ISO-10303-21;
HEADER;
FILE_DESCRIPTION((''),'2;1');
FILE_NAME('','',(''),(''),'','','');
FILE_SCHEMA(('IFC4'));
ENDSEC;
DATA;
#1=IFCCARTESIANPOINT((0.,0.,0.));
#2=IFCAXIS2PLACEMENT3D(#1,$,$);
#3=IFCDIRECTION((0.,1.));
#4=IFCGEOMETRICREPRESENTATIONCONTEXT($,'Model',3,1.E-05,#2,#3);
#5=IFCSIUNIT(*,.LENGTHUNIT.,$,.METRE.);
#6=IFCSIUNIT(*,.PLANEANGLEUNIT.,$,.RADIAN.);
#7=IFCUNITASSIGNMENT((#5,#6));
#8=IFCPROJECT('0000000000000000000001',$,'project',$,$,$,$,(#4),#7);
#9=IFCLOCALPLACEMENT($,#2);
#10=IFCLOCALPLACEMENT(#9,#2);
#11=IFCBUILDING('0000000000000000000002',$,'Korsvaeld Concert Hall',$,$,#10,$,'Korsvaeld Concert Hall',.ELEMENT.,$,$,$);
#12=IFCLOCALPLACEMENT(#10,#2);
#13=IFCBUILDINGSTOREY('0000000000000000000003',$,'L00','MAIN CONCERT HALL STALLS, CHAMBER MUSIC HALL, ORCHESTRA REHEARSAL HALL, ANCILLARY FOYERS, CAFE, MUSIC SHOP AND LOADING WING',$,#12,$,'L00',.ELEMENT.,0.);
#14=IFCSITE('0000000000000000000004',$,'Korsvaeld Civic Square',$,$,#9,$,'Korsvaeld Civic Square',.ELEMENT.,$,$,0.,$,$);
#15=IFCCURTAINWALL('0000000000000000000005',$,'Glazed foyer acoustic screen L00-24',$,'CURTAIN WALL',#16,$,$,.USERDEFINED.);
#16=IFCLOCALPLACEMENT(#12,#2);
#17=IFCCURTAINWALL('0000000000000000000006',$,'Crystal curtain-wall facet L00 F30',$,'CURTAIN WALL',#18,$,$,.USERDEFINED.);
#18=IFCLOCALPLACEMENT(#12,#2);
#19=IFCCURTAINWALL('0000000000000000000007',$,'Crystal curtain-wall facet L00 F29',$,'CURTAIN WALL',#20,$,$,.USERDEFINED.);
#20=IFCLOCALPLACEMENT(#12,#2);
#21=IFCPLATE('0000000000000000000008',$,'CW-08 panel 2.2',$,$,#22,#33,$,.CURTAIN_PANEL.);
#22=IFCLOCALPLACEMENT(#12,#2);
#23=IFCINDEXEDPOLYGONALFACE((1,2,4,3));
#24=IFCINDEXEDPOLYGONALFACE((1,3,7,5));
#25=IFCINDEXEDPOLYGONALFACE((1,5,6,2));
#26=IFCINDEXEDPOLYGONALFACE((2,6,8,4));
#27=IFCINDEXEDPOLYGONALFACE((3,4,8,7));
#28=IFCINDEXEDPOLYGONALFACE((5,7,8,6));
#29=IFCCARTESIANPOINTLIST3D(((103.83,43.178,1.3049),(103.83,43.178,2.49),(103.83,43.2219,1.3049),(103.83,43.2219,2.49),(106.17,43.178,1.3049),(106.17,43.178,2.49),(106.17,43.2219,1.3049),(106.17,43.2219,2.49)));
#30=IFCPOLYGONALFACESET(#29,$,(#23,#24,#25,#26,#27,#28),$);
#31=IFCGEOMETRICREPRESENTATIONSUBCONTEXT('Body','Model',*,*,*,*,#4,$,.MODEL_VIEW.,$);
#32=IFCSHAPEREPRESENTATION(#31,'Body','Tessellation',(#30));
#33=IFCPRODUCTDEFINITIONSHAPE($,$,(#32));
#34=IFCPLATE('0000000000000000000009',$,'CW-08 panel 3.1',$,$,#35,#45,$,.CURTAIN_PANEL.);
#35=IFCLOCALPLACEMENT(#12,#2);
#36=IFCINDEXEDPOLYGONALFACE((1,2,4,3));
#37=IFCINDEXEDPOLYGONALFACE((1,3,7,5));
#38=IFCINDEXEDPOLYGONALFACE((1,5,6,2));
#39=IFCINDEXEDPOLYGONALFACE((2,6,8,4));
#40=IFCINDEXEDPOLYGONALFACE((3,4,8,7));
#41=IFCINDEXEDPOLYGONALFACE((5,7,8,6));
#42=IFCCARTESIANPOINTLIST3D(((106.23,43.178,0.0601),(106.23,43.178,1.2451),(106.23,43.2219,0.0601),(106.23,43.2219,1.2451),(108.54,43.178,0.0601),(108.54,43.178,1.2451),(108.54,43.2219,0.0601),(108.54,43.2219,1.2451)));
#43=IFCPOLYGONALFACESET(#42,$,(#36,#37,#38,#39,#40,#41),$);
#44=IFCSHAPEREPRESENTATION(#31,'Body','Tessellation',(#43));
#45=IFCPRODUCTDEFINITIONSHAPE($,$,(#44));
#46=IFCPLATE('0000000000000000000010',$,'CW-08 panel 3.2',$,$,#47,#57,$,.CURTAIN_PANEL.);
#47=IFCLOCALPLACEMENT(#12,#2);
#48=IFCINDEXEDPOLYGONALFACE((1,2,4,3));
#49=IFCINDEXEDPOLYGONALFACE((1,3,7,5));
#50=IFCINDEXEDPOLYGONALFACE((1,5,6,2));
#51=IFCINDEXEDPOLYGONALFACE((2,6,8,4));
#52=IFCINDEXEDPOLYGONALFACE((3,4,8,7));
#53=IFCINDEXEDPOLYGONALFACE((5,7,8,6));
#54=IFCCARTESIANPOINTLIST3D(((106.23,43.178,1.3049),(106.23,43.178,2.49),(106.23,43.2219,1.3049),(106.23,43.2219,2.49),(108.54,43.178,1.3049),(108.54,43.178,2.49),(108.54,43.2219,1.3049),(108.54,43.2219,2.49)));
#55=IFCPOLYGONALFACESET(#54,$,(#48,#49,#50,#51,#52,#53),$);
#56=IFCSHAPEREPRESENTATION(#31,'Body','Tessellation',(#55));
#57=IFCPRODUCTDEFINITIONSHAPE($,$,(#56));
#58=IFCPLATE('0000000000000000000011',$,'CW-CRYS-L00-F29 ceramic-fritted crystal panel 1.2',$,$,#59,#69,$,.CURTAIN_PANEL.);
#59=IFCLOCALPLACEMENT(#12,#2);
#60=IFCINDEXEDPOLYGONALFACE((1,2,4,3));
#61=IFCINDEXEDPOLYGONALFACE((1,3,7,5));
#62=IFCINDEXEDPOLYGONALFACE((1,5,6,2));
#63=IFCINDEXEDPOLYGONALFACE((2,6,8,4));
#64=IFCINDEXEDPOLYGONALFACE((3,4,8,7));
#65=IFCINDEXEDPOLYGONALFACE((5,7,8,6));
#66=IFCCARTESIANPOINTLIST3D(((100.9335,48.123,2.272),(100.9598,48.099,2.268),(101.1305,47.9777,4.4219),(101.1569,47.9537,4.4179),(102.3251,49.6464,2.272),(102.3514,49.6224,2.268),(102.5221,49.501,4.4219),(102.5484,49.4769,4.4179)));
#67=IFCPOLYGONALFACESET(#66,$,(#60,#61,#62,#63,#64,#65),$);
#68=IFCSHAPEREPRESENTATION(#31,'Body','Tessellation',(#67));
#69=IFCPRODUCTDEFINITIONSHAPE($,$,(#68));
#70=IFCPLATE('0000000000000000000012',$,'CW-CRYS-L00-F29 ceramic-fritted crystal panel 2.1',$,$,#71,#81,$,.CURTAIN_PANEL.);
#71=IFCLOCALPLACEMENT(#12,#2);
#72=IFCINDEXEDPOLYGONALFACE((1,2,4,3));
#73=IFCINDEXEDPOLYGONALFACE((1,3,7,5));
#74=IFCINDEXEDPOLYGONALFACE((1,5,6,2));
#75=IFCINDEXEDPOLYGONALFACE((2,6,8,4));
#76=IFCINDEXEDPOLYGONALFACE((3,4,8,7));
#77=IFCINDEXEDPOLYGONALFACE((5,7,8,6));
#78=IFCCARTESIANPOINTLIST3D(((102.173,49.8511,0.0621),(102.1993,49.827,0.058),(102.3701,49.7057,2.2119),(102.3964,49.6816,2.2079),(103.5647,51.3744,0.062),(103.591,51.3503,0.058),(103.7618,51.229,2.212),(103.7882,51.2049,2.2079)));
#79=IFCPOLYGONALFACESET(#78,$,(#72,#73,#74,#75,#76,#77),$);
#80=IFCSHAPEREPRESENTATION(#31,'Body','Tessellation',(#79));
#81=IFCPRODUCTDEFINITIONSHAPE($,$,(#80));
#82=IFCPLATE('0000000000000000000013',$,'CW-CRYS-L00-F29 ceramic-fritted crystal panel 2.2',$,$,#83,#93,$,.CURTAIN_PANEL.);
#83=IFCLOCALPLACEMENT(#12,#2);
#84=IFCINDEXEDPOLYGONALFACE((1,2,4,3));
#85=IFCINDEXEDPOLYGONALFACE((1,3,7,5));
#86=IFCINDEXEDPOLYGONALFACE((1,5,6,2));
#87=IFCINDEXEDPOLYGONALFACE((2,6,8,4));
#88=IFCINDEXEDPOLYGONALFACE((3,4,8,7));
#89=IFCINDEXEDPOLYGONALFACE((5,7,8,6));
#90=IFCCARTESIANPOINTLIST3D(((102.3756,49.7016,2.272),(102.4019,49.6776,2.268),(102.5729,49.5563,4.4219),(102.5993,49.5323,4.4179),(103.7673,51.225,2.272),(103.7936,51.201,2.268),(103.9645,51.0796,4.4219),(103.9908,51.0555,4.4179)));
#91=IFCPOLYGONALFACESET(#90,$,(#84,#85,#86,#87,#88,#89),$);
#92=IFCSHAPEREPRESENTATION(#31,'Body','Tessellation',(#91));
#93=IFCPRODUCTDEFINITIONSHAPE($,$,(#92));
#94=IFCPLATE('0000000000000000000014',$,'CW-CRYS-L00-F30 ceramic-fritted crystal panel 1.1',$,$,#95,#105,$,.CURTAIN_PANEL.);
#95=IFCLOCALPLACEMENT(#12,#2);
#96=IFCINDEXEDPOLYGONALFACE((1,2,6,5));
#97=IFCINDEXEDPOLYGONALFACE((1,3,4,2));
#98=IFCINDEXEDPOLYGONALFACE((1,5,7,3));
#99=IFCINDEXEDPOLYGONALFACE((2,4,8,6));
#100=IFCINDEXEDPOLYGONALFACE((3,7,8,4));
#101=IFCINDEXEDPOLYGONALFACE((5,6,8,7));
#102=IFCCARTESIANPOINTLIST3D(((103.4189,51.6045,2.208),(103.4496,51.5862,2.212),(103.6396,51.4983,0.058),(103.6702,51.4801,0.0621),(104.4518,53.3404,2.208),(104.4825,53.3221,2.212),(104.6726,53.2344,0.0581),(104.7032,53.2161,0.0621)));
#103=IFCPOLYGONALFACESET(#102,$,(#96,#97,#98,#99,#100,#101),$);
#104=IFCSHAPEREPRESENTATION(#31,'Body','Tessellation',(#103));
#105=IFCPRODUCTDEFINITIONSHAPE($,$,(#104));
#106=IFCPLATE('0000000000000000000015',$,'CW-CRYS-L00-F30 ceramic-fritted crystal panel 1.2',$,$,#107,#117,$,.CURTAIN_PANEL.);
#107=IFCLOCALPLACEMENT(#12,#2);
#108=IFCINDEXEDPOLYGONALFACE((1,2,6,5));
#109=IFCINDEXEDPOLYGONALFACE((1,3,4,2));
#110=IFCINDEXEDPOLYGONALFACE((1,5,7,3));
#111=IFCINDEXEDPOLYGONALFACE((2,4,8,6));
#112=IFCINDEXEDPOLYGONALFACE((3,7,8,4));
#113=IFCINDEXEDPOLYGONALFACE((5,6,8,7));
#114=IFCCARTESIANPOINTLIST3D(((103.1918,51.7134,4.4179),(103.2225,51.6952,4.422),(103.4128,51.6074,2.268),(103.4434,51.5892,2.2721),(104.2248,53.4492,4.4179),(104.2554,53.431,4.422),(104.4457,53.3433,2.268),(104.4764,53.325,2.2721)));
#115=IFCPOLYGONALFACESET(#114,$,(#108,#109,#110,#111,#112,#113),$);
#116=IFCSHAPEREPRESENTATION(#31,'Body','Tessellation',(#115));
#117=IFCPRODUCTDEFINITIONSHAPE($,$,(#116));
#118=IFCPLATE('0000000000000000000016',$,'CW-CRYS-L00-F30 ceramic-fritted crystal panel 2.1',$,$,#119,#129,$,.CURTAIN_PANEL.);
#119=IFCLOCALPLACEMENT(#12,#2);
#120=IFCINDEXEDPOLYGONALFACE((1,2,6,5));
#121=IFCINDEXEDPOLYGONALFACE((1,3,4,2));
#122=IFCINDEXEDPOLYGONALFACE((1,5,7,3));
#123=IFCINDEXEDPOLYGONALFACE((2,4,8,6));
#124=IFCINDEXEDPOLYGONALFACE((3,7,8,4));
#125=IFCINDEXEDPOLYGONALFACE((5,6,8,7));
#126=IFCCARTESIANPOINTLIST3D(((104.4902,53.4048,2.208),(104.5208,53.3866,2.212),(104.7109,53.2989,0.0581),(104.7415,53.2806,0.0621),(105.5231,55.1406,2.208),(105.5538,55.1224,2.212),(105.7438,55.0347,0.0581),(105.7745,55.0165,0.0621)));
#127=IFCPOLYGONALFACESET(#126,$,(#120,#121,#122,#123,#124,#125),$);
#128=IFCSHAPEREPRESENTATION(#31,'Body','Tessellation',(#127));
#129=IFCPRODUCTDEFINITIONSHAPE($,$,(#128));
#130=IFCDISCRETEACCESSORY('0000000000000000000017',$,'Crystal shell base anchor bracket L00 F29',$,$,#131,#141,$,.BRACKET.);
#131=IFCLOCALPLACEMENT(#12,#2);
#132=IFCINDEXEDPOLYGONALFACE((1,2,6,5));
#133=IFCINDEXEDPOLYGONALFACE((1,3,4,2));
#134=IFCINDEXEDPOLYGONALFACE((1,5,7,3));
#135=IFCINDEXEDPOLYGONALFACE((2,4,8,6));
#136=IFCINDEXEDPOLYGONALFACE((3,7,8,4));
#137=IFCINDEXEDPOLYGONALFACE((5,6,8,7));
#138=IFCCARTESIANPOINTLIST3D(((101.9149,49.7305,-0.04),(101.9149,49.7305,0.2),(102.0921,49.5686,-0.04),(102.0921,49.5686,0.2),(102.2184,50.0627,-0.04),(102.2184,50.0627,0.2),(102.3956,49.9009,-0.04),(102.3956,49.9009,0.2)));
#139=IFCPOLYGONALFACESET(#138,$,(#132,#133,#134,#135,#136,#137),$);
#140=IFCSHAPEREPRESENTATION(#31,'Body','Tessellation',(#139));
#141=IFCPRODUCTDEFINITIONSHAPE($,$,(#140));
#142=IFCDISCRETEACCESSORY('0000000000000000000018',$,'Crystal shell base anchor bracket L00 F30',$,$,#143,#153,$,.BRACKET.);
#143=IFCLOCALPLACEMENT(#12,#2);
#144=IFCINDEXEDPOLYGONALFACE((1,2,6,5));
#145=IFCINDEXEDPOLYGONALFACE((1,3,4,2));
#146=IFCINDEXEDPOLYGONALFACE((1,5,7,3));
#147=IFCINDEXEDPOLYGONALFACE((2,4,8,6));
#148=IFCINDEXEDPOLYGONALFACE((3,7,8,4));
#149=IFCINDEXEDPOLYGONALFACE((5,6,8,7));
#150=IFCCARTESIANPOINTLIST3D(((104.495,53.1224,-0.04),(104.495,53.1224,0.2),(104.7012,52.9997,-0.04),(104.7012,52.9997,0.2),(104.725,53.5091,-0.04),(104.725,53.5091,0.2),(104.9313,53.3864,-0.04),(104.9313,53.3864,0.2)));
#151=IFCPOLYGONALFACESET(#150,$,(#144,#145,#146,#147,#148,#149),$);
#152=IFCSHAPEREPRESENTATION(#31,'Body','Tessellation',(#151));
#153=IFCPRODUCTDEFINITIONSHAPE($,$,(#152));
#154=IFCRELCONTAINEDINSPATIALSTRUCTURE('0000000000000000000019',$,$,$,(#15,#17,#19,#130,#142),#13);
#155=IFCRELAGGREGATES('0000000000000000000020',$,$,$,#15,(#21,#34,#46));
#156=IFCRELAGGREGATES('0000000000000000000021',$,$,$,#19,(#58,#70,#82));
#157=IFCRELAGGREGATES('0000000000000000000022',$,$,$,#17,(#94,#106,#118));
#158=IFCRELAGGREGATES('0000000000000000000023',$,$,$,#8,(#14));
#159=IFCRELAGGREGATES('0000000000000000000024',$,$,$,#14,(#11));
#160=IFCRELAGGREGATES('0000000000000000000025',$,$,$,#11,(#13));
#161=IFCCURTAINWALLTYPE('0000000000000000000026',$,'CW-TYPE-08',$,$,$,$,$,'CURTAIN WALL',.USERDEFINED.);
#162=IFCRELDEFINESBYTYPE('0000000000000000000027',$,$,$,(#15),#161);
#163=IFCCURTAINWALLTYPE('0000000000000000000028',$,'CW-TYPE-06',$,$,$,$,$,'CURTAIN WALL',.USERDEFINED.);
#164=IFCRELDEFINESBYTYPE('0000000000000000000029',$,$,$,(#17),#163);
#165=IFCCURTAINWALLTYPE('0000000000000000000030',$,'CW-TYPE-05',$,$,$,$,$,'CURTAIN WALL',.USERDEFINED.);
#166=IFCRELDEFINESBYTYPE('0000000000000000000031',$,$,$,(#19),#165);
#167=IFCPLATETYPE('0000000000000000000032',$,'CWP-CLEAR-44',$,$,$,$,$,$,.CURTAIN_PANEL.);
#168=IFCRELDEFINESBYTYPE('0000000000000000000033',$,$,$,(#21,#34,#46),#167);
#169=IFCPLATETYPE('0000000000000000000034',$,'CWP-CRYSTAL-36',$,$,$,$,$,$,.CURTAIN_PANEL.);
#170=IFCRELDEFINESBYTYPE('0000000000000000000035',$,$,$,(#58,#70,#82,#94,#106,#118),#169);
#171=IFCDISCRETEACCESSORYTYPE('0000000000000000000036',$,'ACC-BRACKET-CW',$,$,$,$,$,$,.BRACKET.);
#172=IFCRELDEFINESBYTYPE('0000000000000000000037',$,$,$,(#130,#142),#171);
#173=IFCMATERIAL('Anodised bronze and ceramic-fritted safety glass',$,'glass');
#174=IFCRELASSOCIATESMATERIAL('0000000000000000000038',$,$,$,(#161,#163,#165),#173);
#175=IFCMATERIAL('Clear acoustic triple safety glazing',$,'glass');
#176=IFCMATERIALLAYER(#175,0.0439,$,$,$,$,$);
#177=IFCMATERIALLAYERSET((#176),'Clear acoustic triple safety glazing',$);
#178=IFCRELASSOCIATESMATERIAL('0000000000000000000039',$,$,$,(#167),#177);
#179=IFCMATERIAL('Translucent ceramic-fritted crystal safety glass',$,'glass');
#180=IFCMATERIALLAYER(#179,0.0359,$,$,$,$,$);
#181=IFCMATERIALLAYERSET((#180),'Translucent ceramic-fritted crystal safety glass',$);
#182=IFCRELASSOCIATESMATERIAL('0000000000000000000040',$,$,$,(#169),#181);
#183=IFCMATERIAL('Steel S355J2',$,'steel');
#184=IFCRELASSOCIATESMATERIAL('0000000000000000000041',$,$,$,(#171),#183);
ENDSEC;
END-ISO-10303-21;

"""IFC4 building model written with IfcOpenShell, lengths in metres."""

from ifc_helpers import new_model, si_unit, direction, frame, origin, origin_2d, place, context, subcontext, project, spatial, polyline, rectangle, outline, extrude, material, layer, layer_set, type_object, element, aggregate, save


model = new_model("IFC4")

# Units and contexts
model_context = context("Model", 3, precision=1e-05, world=origin(), true_north=direction((0.0, 1.0)))
body_context = subcontext(model_context, "Body", "Model", "MODEL_VIEW")
ifc_project = project(units=[si_unit("LENGTHUNIT", "METRE"), si_unit("PLANEANGLEUNIT", "RADIAN")], contexts=[model_context])

# Site, building, storey
site_placement = place(None, origin())
site = spatial("IfcSite", under=ifc_project, at=site_placement, Name="Korsvaeld Civic Square", LongName="Korsvaeld Civic Square", CompositionType="ELEMENT", RefElevation=0.0)
building_placement = place(site_placement, origin())
building = spatial("IfcBuilding", under=site, at=building_placement, Name="Korsvaeld Concert Hall", LongName="Korsvaeld Concert Hall", CompositionType="ELEMENT")
storey_placement = place(building_placement, origin())
storey = spatial("IfcBuildingStorey", under=building, at=storey_placement, Name="L00", Description="MAIN CONCERT HALL STALLS, CHAMBER MUSIC HALL, ORCHESTRA REHEARSAL HALL, ANCILLARY FOYERS, CAFE, MUSIC SHOP AND LOADING WING", LongName="L00", CompositionType="ELEMENT", Elevation=0.0)

# Curtain walls
ifc_material_1 = material(Name="Anodised bronze and ceramic-fritted safety glass", Category="glass")
curtain_wall_type_1 = type_object("IfcCurtainWallType", Name="CW-TYPE-08", ElementType="CURTAIN WALL", PredefinedType="USERDEFINED", material=ifc_material_1)
curtain_wall_1_placement = place(storey_placement, origin())
curtain_wall_1 = element("IfcCurtainWall", 1, at=curtain_wall_1_placement, inside=storey, type_object=curtain_wall_type_1, Name="Glazed foyer acoustic screen L00-24", ObjectType="CURTAIN WALL", PredefinedType="USERDEFINED")
curtain_wall_type_2 = type_object("IfcCurtainWallType", Name="CW-TYPE-06", ElementType="CURTAIN WALL", PredefinedType="USERDEFINED", material=ifc_material_1)
curtain_wall_2_placement = place(storey_placement, origin())
curtain_wall_2 = element("IfcCurtainWall", 2, at=curtain_wall_2_placement, inside=storey, type_object=curtain_wall_type_2, Name="Crystal curtain-wall facet L00 F30", ObjectType="CURTAIN WALL", PredefinedType="USERDEFINED")
curtain_wall_type_3 = type_object("IfcCurtainWallType", Name="CW-TYPE-05", ElementType="CURTAIN WALL", PredefinedType="USERDEFINED", material=ifc_material_1)
curtain_wall_3_placement = place(storey_placement, origin())
curtain_wall_3 = element("IfcCurtainWall", 3, at=curtain_wall_3_placement, inside=storey, type_object=curtain_wall_type_3, Name="Crystal curtain-wall facet L00 F29", ObjectType="CURTAIN WALL", PredefinedType="USERDEFINED")

# Plates
ifc_material_2 = material(Name="Clear acoustic triple safety glazing", Category="glass")
ifc_layer_1 = layer(ifc_material_2, 0.0439)
ifc_layer_set_1 = layer_set([ifc_layer_1], Name="Clear acoustic triple safety glazing")
plate_type_1 = type_object("IfcPlateType", Name="CWP-CLEAR-44", PredefinedType="CURTAIN_PANEL", material=ifc_layer_set_1)
plate_1_placement = place(storey_placement, frame((105.0, 43.2, 1.3049), z_axis=(0.0, 0.0, 1.0), x_axis=(1.0, 0.0, 0.0)))
plate_1 = element("IfcPlate", 4, at=plate_1_placement, type_object=plate_type_1, Name="CW-08 panel 2.2", PredefinedType="CURTAIN_PANEL", context=body_context, shape_type="SweptSolid", body=[
    extrude(rectangle(XDim=2.3401, YDim=0.0439, at=origin_2d()), origin(), (0.0, 0.0, 1.0), 1.1851),
])
plate_2_placement = place(storey_placement, frame((107.385, 43.2, 0.0601), z_axis=(0.0, 0.0, 1.0), x_axis=(1.0, 0.0, 0.0)))
plate_2 = element("IfcPlate", 5, at=plate_2_placement, type_object=plate_type_1, Name="CW-08 panel 3.1", PredefinedType="CURTAIN_PANEL", context=body_context, shape_type="SweptSolid", body=[
    extrude(rectangle(XDim=2.3101, YDim=0.0439, at=origin_2d()), origin(), (0.0, 0.0, 1.0), 1.1851),
])
plate_3_placement = place(storey_placement, frame((107.385, 43.2, 1.3049), z_axis=(0.0, 0.0, 1.0), x_axis=(1.0, 0.0, 0.0)))
plate_3 = element("IfcPlate", 6, at=plate_3_placement, type_object=plate_type_1, Name="CW-08 panel 3.2", PredefinedType="CURTAIN_PANEL", context=body_context, shape_type="SweptSolid", body=[
    extrude(rectangle(XDim=2.3101, YDim=0.0439, at=origin_2d()), origin(), (0.0, 0.0, 1.0), 1.1851),
])
aggregate(curtain_wall_1, [plate_1, plate_2, plate_3])
ifc_material_3 = material(Name="Translucent ceramic-fritted crystal safety glass", Category="glass")
ifc_layer_2 = layer(ifc_material_3, 0.0359)
ifc_layer_set_2 = layer_set([ifc_layer_2], Name="Translucent ceramic-fritted crystal safety glass")
plate_type_2 = type_object("IfcPlateType", Name="CWP-CRYSTAL-36", PredefinedType="CURTAIN_PANEL", material=ifc_layer_set_2)
plate_4_placement = place(storey_placement, frame((100.9465, 48.1111, 2.27), z_axis=(0.733614, -0.670182, -0.11255), x_axis=(0.674467, 0.738305, -0.000004)))
plate_4 = element("IfcPlate", 7, at=plate_4_placement, type_object=plate_type_2, Name="CW-CRYS-L00-F29 ceramic-fritted crystal panel 1.2", PredefinedType="CURTAIN_PANEL", context=body_context, shape_type="SweptSolid", body=[
    extrude(outline(polyline([(0.0, 0.0), (2.0634, 0.0), (2.0888, 2.1637), (0.0256, 2.1636), (0.0, 0.0)])), frame((0.0, 0.0, 0.0181)), (0.0, 0.0, -1.0), 0.0359),
])
plate_5_placement = place(storey_placement, frame((102.186, 49.8391, 0.0601), z_axis=(0.733581, -0.670211, -0.112591), x_axis=(0.674499, 0.738276, -0.000009)))
plate_5 = element("IfcPlate", 8, at=plate_5_placement, type_object=plate_type_2, Name="CW-CRYS-L00-F29 ceramic-fritted crystal panel 2.1", PredefinedType="CURTAIN_PANEL", context=body_context, shape_type="SweptSolid", body=[
    extrude(outline(polyline([(0.0, 0.0), (2.0634, 0.0), (2.089, 2.1637), (0.0256, 2.1636), (0.0, 0.0)])), frame((0.0, 0.0, 0.0181)), (0.0, 0.0, -1.0), 0.0359),
])
plate_6_placement = place(storey_placement, frame((102.3887, 49.6897, 2.27), z_axis=(0.733607, -0.670175, -0.112633), x_axis=(0.674467, 0.738305, -0.000004)))
plate_6 = element("IfcPlate", 9, at=plate_6_placement, type_object=plate_type_2, Name="CW-CRYS-L00-F29 ceramic-fritted crystal panel 2.2", PredefinedType="CURTAIN_PANEL", context=body_context, shape_type="SweptSolid", body=[
    extrude(outline(polyline([(0.0, 0.0), (2.0634, 0.0), (2.089, 2.1637), (0.0258, 2.1637), (0.0, 0.0)])), frame((0.0, 0.0, 0.0181)), (0.0, 0.0, -1.0), 0.0359),
])
aggregate(curtain_wall_3, [plate_4, plate_5, plate_6])
plate_7_placement = place(storey_placement, frame((103.6548, 51.4893, 0.0601), z_axis=(0.853892, -0.508096, 0.112728), x_axis=(0.511355, 0.85937, 0.000003)))
plate_7 = element("IfcPlate", 10, at=plate_7_placement, type_object=plate_type_2, Name="CW-CRYS-L00-F30 ceramic-fritted crystal panel 1.1", PredefinedType="CURTAIN_PANEL", context=body_context, shape_type="SweptSolid", body=[
    extrude(outline(polyline([(0.0, 0.0), (2.0201, 0.0), (1.9984, 2.1637), (-0.0216, 2.1637), (0.0, 0.0)])), frame((0.0, 0.0, 0.0181)), (0.0, 0.0, -1.0), 0.0359),
])
plate_8_placement = place(storey_placement, frame((103.428, 51.5984, 2.27), z_axis=(0.853869, -0.508118, 0.112795), x_axis=(0.511382, 0.859354, 0.0)))
plate_8 = element("IfcPlate", 11, at=plate_8_placement, type_object=plate_type_2, Name="CW-CRYS-L00-F30 ceramic-fritted crystal panel 1.2", PredefinedType="CURTAIN_PANEL", context=body_context, shape_type="SweptSolid", body=[
    extrude(outline(polyline([(0.0, 0.0), (2.0199, 0.0), (1.998, 2.1637), (-0.0219, 2.1637), (0.0, 0.0)])), frame((0.0, 0.0, 0.0181)), (0.0, 0.0, -1.0), 0.0359),
])
plate_9_placement = place(storey_placement, frame((104.7261, 53.2898, 0.0601), z_axis=(0.853879, -0.508124, 0.1127), x_axis=(0.511382, 0.859354, 0.0)))
plate_9 = element("IfcPlate", 12, at=plate_9_placement, type_object=plate_type_2, Name="CW-CRYS-L00-F30 ceramic-fritted crystal panel 2.1", PredefinedType="CURTAIN_PANEL", context=body_context, shape_type="SweptSolid", body=[
    extrude(outline(polyline([(0.0, 0.0), (2.0199, 0.0), (1.9981, 2.1637), (-0.0218, 2.1637), (0.0, 0.0)])), frame((0.0, 0.0, 0.0181)), (0.0, 0.0, -1.0), 0.0359),
])
aggregate(curtain_wall_2, [plate_7, plate_8, plate_9])

# Discrete accessories
ifc_material_4 = material(Name="Steel S355J2", Category="steel")
discrete_accessory_type = type_object("IfcDiscreteAccessoryType", Name="ACC-BRACKET-CW", PredefinedType="BRACKET", material=ifc_material_4)
for number, where, z_axis, x_axis, name in (
    (13, (102.1553, 49.8157, -0.04), (0.0, 0.0, 1.0), (0.674431, 0.738338, 0.0), "Crystal shell base anchor bracket L00 F29"),
    (14, (104.7131, 53.2544, -0.04), (0.0, 0.0, 1.0), (0.511293, 0.859406, 0.0), "Crystal shell base anchor bracket L00 F30"),
):
    element("IfcDiscreteAccessory", number, at=place(storey_placement, frame(where, z_axis=z_axis, x_axis=x_axis)), inside=storey, type_object=discrete_accessory_type, Name=name, PredefinedType="BRACKET", context=body_context, shape_type="SweptSolid", body=[
        extrude(rectangle(XDim=0.45, YDim=0.24, at=origin_2d()), origin(), (0.0, 0.0, 1.0), 0.24),
    ])

save(model, "model.ifc")
